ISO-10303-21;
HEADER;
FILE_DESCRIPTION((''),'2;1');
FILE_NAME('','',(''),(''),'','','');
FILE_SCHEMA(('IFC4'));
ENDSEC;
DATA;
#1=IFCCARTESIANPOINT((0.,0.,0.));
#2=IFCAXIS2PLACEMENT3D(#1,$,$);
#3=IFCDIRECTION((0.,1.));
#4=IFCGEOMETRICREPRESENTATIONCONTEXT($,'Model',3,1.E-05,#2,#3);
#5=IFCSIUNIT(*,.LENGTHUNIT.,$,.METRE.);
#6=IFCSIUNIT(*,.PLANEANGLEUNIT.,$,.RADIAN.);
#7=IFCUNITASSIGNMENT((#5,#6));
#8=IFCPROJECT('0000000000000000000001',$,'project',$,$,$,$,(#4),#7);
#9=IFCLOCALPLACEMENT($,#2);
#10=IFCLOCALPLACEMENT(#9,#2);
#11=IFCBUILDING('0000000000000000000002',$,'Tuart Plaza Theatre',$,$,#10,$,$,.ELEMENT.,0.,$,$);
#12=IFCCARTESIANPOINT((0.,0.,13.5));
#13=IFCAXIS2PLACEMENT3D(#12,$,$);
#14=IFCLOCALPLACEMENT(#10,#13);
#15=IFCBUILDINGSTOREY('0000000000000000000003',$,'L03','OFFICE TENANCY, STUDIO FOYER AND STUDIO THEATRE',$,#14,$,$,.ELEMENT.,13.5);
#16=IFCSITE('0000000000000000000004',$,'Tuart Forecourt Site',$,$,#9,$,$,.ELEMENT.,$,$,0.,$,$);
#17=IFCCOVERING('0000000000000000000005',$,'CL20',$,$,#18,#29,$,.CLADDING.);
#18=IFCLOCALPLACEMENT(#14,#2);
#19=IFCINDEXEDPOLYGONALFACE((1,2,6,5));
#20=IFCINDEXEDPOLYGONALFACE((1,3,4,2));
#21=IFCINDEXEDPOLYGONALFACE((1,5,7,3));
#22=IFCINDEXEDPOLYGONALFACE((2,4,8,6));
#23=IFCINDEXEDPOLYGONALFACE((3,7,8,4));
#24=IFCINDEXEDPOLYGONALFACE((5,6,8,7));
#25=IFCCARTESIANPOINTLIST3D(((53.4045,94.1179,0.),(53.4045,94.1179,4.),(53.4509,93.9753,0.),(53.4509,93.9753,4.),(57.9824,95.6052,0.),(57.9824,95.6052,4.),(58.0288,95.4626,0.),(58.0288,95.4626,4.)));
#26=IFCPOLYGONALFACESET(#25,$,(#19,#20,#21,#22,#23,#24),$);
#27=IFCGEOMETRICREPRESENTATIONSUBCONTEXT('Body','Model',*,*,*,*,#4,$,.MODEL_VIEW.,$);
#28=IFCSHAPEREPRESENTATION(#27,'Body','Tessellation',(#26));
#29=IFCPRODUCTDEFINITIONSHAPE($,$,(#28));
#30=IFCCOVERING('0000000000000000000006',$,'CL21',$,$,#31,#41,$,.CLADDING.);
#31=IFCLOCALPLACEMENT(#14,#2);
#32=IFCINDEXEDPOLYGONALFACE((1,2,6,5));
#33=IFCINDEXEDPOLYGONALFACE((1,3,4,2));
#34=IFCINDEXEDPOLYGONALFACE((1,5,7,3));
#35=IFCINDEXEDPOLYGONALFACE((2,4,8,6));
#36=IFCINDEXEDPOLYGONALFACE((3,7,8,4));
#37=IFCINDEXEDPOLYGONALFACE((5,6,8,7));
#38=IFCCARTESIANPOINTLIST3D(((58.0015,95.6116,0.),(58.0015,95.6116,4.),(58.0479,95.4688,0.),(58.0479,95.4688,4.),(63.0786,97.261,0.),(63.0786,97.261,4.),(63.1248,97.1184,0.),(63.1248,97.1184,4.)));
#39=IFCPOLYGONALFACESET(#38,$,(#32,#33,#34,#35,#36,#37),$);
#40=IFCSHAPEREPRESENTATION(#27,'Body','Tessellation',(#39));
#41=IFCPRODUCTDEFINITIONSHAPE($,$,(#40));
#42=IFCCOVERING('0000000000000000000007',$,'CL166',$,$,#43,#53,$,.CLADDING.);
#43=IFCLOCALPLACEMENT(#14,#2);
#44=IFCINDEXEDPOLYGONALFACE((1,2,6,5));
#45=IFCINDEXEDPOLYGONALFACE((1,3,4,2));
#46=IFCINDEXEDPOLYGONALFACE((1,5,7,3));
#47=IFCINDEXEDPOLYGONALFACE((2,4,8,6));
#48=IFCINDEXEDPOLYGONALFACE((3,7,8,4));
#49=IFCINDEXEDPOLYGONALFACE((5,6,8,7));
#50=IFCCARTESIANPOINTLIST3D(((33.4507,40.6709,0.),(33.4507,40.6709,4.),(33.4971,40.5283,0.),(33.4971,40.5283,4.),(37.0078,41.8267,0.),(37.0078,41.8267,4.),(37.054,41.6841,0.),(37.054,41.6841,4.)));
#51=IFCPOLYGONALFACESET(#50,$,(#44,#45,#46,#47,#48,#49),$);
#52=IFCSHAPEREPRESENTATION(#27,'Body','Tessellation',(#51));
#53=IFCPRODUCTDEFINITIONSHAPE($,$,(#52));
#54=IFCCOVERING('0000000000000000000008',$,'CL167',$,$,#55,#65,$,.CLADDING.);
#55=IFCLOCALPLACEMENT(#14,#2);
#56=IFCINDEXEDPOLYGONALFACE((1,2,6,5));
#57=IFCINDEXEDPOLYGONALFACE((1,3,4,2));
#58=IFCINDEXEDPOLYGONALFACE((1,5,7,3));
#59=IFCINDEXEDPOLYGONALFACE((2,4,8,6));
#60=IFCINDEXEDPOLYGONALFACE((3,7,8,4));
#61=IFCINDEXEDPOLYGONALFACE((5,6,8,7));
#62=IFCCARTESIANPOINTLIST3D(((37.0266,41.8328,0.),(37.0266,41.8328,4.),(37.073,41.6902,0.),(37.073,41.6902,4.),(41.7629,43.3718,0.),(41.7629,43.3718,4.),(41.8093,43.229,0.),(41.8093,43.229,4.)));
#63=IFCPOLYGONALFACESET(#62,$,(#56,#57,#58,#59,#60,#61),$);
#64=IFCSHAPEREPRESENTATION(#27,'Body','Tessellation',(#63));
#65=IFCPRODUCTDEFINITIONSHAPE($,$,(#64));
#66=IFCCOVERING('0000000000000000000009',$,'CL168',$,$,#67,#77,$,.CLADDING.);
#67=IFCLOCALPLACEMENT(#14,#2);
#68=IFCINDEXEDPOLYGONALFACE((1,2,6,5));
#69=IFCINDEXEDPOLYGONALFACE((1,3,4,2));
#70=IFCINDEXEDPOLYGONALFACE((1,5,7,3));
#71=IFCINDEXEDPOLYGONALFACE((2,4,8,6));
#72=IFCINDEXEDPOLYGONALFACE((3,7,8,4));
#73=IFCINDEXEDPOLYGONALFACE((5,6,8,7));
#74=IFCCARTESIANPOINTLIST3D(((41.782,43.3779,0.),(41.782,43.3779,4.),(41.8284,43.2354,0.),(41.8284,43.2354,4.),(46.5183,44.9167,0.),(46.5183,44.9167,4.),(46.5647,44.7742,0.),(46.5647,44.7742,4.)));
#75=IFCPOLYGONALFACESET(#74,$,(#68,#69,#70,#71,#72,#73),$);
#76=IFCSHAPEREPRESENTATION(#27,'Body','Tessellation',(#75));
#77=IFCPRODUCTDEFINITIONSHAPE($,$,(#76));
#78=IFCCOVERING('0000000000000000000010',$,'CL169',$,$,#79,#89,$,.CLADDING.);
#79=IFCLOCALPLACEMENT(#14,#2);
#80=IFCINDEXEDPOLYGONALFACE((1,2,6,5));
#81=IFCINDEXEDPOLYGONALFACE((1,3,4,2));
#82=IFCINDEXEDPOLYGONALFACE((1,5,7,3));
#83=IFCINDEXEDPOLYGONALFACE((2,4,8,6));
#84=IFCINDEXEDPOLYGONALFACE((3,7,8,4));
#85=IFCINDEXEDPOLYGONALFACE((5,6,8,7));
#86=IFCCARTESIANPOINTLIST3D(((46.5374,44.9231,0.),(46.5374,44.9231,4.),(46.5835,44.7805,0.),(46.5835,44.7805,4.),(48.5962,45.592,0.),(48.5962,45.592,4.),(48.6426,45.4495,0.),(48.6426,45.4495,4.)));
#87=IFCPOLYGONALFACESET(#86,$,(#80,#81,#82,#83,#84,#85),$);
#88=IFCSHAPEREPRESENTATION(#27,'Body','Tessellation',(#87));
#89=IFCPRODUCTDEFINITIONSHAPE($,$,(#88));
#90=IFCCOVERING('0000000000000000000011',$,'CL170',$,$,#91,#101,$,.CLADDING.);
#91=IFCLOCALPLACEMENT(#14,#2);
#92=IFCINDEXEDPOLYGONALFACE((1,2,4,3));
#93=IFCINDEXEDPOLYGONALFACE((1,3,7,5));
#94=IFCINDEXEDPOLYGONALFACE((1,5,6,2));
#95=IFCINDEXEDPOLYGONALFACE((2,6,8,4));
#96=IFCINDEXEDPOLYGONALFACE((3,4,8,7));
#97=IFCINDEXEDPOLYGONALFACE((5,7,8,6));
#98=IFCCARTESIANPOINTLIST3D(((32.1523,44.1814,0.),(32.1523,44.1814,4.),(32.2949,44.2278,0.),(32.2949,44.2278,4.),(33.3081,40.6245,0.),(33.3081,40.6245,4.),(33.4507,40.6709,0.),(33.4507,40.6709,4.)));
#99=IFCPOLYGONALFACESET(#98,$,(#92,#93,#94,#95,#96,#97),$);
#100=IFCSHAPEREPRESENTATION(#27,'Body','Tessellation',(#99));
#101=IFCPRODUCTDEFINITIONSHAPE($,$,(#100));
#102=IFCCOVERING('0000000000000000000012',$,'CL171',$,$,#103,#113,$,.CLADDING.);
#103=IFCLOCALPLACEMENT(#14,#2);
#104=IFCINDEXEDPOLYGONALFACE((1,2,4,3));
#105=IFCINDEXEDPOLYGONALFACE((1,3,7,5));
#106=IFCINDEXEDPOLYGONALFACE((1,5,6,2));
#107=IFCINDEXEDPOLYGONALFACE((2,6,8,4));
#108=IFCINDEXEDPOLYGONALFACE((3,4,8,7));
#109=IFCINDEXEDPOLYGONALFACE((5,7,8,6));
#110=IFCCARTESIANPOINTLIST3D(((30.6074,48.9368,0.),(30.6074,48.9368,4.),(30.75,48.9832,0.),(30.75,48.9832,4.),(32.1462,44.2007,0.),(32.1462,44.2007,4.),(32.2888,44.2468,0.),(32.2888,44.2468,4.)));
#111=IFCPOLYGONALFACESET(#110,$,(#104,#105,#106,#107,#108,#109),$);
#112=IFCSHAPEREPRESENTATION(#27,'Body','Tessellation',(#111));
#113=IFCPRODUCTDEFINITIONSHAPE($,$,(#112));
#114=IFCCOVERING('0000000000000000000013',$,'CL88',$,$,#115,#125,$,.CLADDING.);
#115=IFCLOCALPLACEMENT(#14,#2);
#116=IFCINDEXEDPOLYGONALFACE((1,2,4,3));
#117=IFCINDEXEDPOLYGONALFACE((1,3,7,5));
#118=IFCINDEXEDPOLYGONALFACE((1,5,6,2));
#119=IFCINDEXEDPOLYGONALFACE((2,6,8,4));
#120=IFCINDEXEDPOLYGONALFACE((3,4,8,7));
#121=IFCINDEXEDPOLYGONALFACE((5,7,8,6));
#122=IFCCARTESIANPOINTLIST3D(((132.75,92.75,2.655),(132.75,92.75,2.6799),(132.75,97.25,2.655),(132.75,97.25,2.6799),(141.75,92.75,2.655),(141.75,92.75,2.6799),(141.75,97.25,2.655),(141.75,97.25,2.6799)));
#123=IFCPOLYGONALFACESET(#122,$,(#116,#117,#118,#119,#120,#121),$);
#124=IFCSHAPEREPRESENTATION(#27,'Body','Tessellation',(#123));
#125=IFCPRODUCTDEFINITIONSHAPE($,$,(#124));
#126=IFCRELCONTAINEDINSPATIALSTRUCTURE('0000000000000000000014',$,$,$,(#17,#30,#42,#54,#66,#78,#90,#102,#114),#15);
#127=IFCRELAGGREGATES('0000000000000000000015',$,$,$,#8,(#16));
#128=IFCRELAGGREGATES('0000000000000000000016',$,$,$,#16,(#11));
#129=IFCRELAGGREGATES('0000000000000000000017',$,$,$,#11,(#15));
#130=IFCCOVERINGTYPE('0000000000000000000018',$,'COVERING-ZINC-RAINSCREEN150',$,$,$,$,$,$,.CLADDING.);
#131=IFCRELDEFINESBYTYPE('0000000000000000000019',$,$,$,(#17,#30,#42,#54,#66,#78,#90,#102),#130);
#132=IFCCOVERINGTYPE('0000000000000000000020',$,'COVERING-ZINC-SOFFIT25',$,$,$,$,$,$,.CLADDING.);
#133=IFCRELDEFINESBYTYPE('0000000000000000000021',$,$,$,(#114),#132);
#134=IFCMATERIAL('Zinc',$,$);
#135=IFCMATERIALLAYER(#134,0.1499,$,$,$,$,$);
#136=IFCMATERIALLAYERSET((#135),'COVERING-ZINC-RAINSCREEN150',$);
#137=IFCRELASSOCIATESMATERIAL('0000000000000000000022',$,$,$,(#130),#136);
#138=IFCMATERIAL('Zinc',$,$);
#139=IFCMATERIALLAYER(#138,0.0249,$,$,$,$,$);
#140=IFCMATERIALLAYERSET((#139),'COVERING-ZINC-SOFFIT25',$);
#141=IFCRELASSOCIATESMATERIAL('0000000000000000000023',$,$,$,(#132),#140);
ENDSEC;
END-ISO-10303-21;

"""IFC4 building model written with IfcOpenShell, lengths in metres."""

from ifc_helpers import new_model, si_unit, direction, frame, origin, place, context, subcontext, project, spatial, polyline, outline, extrude, material, layer, layer_set, type_object, element, save


model = new_model("IFC4")

# Units and contexts
model_context = context("Model", 3, precision=1e-05, world=origin(), true_north=direction((0.0, 1.0)))
body_context = subcontext(model_context, "Body", "Model", "MODEL_VIEW")
ifc_project = project(units=[si_unit("LENGTHUNIT", "METRE"), si_unit("PLANEANGLEUNIT", "RADIAN")], contexts=[model_context])

# Site, building, storey
site_placement = place(None, origin())
site = spatial("IfcSite", under=ifc_project, at=site_placement, Name="Tuart Forecourt Site", CompositionType="ELEMENT", RefElevation=0.0)
building_placement = place(site_placement, origin())
building = spatial("IfcBuilding", under=site, at=building_placement, Name="Tuart Plaza Theatre", CompositionType="ELEMENT", ElevationOfRefHeight=0.0)
storey_placement = place(building_placement, frame((0.0, 0.0, 13.5)))
storey = spatial("IfcBuildingStorey", under=building, at=storey_placement, Name="L03", Description="OFFICE TENANCY, STUDIO FOYER AND STUDIO THEATRE", CompositionType="ELEMENT", Elevation=13.5)

# Coverings
ifc_material_1 = material(Name="Zinc")
ifc_layer_1 = layer(ifc_material_1, 0.1499)
ifc_layer_set_1 = layer_set([ifc_layer_1], Name="COVERING-ZINC-RAINSCREEN150")
covering_type_1 = type_object("IfcCoveringType", Name="COVERING-ZINC-RAINSCREEN150", PredefinedType="CLADDING", material=ifc_layer_set_1)
covering_1_placement = place(storey_placement, origin())
element("IfcCovering", 1, at=covering_1_placement, inside=storey, type_object=covering_type_1, Name="CL20", PredefinedType="CLADDING", context=body_context, shape_type="SweptSolid", body=[
    extrude(outline(polyline([(53.4045, 94.1179), (57.9824, 95.6052), (58.0288, 95.4626), (53.4509, 93.9753), (53.4045, 94.1179)])), origin(), (0.0, 0.0, 1.0), 4.0),
])
covering_2_placement = place(storey_placement, origin())
element("IfcCovering", 2, at=covering_2_placement, inside=storey, type_object=covering_type_1, Name="CL21", PredefinedType="CLADDING", context=body_context, shape_type="SweptSolid", body=[
    extrude(outline(polyline([(58.0015, 95.6116), (63.0786, 97.261), (63.1248, 97.1184), (58.0479, 95.4688), (58.0015, 95.6116)])), origin(), (0.0, 0.0, 1.0), 4.0),
])
covering_3_placement = place(storey_placement, origin())
element("IfcCovering", 3, at=covering_3_placement, inside=storey, type_object=covering_type_1, Name="CL166", PredefinedType="CLADDING", context=body_context, shape_type="SweptSolid", body=[
    extrude(outline(polyline([(33.4507, 40.6709), (37.0078, 41.8267), (37.054, 41.6841), (33.4971, 40.5283), (33.4507, 40.6709)])), origin(), (0.0, 0.0, 1.0), 4.0),
])
covering_4_placement = place(storey_placement, origin())
element("IfcCovering", 4, at=covering_4_placement, inside=storey, type_object=covering_type_1, Name="CL167", PredefinedType="CLADDING", context=body_context, shape_type="SweptSolid", body=[
    extrude(outline(polyline([(37.0266, 41.8328), (41.7629, 43.3718), (41.8093, 43.229), (37.073, 41.6902), (37.0266, 41.8328)])), origin(), (0.0, 0.0, 1.0), 4.0),
])
covering_5_placement = place(storey_placement, origin())
element("IfcCovering", 5, at=covering_5_placement, inside=storey, type_object=covering_type_1, Name="CL168", PredefinedType="CLADDING", context=body_context, shape_type="SweptSolid", body=[
    extrude(outline(polyline([(41.782, 43.3779), (46.5183, 44.9167), (46.5647, 44.7742), (41.8284, 43.2354), (41.782, 43.3779)])), origin(), (0.0, 0.0, 1.0), 4.0),
])
covering_6_placement = place(storey_placement, origin())
element("IfcCovering", 6, at=covering_6_placement, inside=storey, type_object=covering_type_1, Name="CL169", PredefinedType="CLADDING", context=body_context, shape_type="SweptSolid", body=[
    extrude(outline(polyline([(46.5374, 44.9231), (48.5962, 45.592), (48.6426, 45.4495), (46.5835, 44.7805), (46.5374, 44.9231)])), origin(), (0.0, 0.0, 1.0), 4.0),
])
covering_7_placement = place(storey_placement, origin())
element("IfcCovering", 7, at=covering_7_placement, inside=storey, type_object=covering_type_1, Name="CL170", PredefinedType="CLADDING", context=body_context, shape_type="SweptSolid", body=[
    extrude(outline(polyline([(33.3081, 40.6245), (32.1523, 44.1814), (32.2949, 44.2278), (33.4507, 40.6709), (33.3081, 40.6245)])), origin(), (0.0, 0.0, 1.0), 4.0),
])
covering_8_placement = place(storey_placement, origin())
element("IfcCovering", 8, at=covering_8_placement, inside=storey, type_object=covering_type_1, Name="CL171", PredefinedType="CLADDING", context=body_context, shape_type="SweptSolid", body=[
    extrude(outline(polyline([(32.1462, 44.2007), (30.6074, 48.9368), (30.75, 48.9832), (32.2888, 44.2468), (32.1462, 44.2007)])), origin(), (0.0, 0.0, 1.0), 4.0),
])
ifc_material_2 = material(Name="Zinc")
ifc_layer_2 = layer(ifc_material_2, 0.0249)
ifc_layer_set_2 = layer_set([ifc_layer_2], Name="COVERING-ZINC-SOFFIT25")
covering_type_2 = type_object("IfcCoveringType", Name="COVERING-ZINC-SOFFIT25", PredefinedType="CLADDING", material=ifc_layer_set_2)
covering_9_placement = place(storey_placement, frame((0.0, 0.0, 2.655)))
element("IfcCovering", 9, at=covering_9_placement, inside=storey, type_object=covering_type_2, Name="CL88", PredefinedType="CLADDING", context=body_context, shape_type="SweptSolid", body=[
    extrude(outline(polyline([(141.75, 97.25), (141.75, 92.75), (132.75, 92.75), (132.75, 97.25), (141.75, 97.25)])), origin(), (0.0, 0.0, 1.0), 0.0249),
])

save(model, "model.ifc")
